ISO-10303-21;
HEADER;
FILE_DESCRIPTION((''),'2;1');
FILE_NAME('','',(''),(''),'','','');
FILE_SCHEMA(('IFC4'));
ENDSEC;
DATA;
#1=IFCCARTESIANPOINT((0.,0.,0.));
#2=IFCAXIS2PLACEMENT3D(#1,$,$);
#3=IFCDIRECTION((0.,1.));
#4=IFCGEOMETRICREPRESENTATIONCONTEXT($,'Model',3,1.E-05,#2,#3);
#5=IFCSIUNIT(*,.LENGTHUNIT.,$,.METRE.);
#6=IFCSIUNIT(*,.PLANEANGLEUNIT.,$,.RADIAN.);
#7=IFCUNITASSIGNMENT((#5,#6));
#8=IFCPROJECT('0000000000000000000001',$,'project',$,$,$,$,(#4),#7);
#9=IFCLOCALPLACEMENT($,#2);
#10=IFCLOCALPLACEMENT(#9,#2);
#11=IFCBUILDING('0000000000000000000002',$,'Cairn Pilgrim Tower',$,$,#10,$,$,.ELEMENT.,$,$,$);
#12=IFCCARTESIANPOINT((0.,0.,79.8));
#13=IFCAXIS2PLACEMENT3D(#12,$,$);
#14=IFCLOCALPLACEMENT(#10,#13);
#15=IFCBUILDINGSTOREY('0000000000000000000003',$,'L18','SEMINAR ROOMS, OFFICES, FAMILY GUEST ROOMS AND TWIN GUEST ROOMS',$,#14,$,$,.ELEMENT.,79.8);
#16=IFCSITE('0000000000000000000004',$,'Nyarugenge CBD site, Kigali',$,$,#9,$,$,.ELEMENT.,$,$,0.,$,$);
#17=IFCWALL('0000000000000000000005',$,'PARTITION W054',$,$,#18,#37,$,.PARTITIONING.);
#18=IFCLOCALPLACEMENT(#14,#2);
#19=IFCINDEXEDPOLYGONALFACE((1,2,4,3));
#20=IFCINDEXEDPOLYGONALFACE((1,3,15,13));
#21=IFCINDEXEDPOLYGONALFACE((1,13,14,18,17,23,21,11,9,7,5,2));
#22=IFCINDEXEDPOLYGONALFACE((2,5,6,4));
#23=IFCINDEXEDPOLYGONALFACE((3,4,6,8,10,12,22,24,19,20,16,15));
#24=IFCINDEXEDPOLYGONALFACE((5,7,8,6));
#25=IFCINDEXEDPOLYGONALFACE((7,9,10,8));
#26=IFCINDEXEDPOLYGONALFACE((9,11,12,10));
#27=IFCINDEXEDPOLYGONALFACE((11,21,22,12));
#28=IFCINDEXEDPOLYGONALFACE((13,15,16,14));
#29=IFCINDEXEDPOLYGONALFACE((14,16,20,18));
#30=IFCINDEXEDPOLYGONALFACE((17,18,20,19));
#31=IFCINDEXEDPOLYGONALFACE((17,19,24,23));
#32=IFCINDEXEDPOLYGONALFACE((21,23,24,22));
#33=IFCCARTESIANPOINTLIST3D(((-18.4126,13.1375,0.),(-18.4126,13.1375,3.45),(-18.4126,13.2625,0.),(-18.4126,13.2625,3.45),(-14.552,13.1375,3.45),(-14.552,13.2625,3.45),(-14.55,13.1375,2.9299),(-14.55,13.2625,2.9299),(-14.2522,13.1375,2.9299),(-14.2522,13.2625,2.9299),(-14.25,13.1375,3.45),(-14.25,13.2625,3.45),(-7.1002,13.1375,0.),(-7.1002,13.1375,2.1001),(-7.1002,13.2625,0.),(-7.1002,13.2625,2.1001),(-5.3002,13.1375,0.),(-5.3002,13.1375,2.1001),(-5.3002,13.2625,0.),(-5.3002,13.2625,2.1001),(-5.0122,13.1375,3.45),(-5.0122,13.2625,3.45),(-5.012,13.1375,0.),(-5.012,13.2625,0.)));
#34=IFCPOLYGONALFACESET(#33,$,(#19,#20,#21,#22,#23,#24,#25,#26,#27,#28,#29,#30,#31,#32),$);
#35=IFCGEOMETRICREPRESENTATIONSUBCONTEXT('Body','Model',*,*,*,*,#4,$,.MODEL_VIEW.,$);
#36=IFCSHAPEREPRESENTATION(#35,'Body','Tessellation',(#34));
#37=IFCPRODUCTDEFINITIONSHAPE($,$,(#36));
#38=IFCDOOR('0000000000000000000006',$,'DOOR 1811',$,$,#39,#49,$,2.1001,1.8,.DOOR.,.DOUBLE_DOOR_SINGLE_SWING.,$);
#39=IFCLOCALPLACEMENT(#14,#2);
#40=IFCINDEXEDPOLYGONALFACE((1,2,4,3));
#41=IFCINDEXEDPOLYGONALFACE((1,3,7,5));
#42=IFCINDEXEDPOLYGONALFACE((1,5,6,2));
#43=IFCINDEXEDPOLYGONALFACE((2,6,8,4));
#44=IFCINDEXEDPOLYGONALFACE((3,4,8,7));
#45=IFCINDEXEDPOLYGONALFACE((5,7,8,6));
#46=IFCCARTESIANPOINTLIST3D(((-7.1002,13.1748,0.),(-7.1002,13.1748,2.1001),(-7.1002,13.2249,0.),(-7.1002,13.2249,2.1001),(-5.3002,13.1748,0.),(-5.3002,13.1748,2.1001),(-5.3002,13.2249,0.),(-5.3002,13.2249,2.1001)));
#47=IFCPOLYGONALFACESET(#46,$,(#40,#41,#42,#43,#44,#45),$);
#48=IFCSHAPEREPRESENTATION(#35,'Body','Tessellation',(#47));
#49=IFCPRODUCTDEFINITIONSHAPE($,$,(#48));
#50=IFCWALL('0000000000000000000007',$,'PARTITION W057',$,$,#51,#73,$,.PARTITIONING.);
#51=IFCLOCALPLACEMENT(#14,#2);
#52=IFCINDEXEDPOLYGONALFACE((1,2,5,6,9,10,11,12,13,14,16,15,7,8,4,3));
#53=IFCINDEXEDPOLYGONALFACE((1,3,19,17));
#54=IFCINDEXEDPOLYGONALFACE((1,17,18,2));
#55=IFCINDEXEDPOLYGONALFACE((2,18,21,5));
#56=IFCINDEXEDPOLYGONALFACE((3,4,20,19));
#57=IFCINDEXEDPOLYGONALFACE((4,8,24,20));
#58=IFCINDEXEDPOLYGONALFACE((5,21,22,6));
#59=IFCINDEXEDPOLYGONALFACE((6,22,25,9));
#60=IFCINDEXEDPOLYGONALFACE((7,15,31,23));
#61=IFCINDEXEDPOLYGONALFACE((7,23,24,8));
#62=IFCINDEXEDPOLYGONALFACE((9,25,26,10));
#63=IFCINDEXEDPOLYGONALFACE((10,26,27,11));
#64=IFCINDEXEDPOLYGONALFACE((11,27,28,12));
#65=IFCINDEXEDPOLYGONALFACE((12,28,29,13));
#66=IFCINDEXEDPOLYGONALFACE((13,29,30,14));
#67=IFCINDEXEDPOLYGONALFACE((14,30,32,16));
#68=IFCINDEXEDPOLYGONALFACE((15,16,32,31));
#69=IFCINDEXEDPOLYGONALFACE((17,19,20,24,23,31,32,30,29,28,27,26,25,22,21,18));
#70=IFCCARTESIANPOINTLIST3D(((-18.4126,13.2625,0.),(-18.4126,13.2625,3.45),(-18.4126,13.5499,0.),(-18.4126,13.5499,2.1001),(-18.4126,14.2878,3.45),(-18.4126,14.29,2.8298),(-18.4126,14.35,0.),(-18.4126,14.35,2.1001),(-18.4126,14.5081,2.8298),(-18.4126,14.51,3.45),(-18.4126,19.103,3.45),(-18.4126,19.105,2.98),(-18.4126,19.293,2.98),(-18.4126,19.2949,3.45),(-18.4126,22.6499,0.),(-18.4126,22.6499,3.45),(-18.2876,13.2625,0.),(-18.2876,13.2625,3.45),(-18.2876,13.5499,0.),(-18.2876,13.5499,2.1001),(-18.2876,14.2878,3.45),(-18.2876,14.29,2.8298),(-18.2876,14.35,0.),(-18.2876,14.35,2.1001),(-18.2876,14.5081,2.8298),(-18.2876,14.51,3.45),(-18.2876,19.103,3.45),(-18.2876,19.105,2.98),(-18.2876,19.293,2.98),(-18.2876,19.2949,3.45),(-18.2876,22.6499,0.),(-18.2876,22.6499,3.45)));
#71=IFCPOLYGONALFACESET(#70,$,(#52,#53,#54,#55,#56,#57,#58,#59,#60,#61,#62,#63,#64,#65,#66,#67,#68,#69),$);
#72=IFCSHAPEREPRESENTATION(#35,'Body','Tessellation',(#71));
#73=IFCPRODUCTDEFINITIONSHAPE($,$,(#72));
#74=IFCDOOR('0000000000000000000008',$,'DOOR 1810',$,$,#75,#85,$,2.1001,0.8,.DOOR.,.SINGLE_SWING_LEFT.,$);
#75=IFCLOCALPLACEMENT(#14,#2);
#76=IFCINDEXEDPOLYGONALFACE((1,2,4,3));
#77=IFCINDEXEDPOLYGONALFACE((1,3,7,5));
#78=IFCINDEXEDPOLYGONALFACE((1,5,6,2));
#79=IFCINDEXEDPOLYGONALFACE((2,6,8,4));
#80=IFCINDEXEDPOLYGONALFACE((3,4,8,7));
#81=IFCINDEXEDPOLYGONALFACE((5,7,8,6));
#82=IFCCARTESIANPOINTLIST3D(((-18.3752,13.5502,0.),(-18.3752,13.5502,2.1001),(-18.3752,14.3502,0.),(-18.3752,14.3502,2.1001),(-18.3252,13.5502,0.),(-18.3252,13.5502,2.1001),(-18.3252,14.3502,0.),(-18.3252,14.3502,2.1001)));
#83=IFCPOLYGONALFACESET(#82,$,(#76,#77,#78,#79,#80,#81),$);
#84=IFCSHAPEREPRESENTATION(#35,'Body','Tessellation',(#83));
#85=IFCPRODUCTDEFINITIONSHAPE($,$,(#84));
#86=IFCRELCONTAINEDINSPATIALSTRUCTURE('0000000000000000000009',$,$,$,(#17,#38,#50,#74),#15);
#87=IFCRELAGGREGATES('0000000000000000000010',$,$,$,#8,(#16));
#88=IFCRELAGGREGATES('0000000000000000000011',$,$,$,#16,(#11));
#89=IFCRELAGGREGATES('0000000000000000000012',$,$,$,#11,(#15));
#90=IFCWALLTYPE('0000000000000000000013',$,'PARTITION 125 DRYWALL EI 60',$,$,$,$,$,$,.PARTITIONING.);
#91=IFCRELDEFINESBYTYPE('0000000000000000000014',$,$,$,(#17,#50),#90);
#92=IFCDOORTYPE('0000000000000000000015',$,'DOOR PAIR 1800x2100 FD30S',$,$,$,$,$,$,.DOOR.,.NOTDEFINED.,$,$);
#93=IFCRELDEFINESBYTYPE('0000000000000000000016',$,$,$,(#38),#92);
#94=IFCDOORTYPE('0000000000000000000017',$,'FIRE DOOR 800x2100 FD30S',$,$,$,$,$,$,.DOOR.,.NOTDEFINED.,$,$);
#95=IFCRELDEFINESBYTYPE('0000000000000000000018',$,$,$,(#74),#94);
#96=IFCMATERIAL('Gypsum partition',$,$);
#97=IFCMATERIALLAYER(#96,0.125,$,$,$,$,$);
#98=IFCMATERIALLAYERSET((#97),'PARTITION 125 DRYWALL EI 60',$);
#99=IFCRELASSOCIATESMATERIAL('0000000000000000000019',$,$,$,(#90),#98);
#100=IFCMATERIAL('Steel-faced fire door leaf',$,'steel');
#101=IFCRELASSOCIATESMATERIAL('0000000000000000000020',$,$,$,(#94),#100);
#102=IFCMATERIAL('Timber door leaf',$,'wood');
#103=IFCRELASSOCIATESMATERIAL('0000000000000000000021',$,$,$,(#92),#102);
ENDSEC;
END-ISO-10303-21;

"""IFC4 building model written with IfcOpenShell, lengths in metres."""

from ifc_helpers import new_model, si_unit, direction, frame, frame_2d, origin, place, context, subcontext, project, spatial, polyline, rectangle, outline, extrude, material, layer, layer_set, type_object, element, fill, save


model = new_model("IFC4")

# Units and contexts
model_context = context("Model", 3, precision=1e-05, world=origin(), true_north=direction((0.0, 1.0)))
body_context = subcontext(model_context, "Body", "Model", "MODEL_VIEW")
ifc_project = project(units=[si_unit("LENGTHUNIT", "METRE"), si_unit("PLANEANGLEUNIT", "RADIAN")], contexts=[model_context])

# Site, building, storey
site_placement = place(None, origin())
site = spatial("IfcSite", under=ifc_project, at=site_placement, Name="Nyarugenge CBD site, Kigali", CompositionType="ELEMENT", RefElevation=0.0)
building_placement = place(site_placement, origin())
building = spatial("IfcBuilding", under=site, at=building_placement, Name="Cairn Pilgrim Tower", CompositionType="ELEMENT")
storey_placement = place(building_placement, frame((0.0, 0.0, 79.8)))
storey = spatial("IfcBuildingStorey", under=building, at=storey_placement, Name="L18", Description="SEMINAR ROOMS, OFFICES, FAMILY GUEST ROOMS AND TWIN GUEST ROOMS", CompositionType="ELEMENT", Elevation=79.8)

# Shared definitions
ifc_material_1 = material(Name="Gypsum partition")

# Shared definitions
ifc_material_2 = material(Name="Timber door leaf", Category="wood")

# Shared definitions
ifc_layer_1 = layer(ifc_material_1, 0.125)
ifc_layer_set_1 = layer_set([ifc_layer_1], Name="PARTITION 125 DRYWALL EI 60")
wall_type_1 = type_object("IfcWallType", Name="PARTITION 125 DRYWALL EI 60", PredefinedType="PARTITIONING", material=ifc_layer_set_1)
ifc_material_3 = material(Name="Steel-faced fire door leaf", Category="steel")
door_type_1 = type_object("IfcDoorType", Name="FIRE DOOR 800x2100 FD30S", OperationType="NOTDEFINED", PredefinedType="DOOR", material=ifc_material_3)

# Walls, openings, doors
wall_1_placement = place(storey_placement, frame((-18.4126, 13.2, 0.0), z_axis=(0.0, 0.0, 1.0), x_axis=(1.0, 0.0, 0.0)))
wall_1 = element("IfcWall", 1, at=wall_1_placement, inside=storey, type_object=wall_type_1, Name="PARTITION W054", PredefinedType="PARTITIONING", context=body_context, shape_type="SweptSolid", body=[
    extrude(outline(polyline([(0.0, 0.0), (13.4006, 0.0), (13.4004, 3.45), (4.1626, 3.45), (4.1604, 2.9299), (3.8625, 2.9299), (3.8606, 3.45), (0.0, 3.45), (0.0, 0.0)])), frame((0.0, 0.0625, 0.0), z_axis=(0.0, -1.0, 0.0), x_axis=(1.0, 0.0, 0.0)), (0.0, 0.0, 1.0), 0.125),
])
opening_1_placement = place(wall_1_placement, frame((11.3125, 0.0, 0.0)))
opening_1 = element("IfcOpeningElement", 2, at=opening_1_placement, cuts=wall_1, PredefinedType="OPENING", context=body_context, shape_type="SweptSolid", body=[
    extrude(rectangle(XDim=1.8, YDim=2.1001, at=frame_2d((0.8999, 1.05))), frame((0.0, 0.0725, 0.0), z_axis=(0.0, -1.0, 0.0), x_axis=(1.0, 0.0, 0.0)), (0.0, 0.0, 1.0), 0.145),
])
door_type_2 = type_object("IfcDoorType", Name="DOOR PAIR 1800x2100 FD30S", OperationType="NOTDEFINED", PredefinedType="DOOR", material=ifc_material_2)
door_1_placement = place(opening_1_placement, origin())
door_1 = element("IfcDoor", 3, at=door_1_placement, inside=storey, type_object=door_type_2, Name="DOOR 1811", OperationType="DOUBLE_DOOR_SINGLE_SWING", OverallHeight=2.1001, OverallWidth=1.8, PredefinedType="DOOR", context=body_context, shape_type="SweptSolid", body=[
    extrude(rectangle(XDim=1.8, YDim=2.1001, at=frame_2d((0.8999, 1.05))), frame((0.0, 0.0249, 0.0), z_axis=(0.0, -1.0, 0.0), x_axis=(1.0, 0.0, 0.0)), (0.0, 0.0, 1.0), 0.05),
])
fill(opening_1, door_1)
wall_2_placement = place(storey_placement, frame((-18.3501, 13.2625, 0.0), z_axis=(0.0, 0.0, 1.0), x_axis=(0.0, 1.0, 0.0)))
wall_2 = element("IfcWall", 4, at=wall_2_placement, inside=storey, type_object=wall_type_1, Name="PARTITION W057", PredefinedType="PARTITIONING", context=body_context, shape_type="SweptSolid", body=[
    extrude(outline(polyline([(0.0, 0.0), (9.3875, 0.0), (9.3875, 3.45), (6.0325, 3.45), (6.0305, 2.98), (5.8425, 2.98), (5.8406, 3.45), (1.2476, 3.45), (1.2456, 2.8298), (1.0276, 2.8298), (1.0254, 3.45), (0.0, 3.45), (0.0, 0.0)])), frame((0.0, 0.0625, 0.0), z_axis=(0.0, -1.0, 0.0), x_axis=(1.0, 0.0, 0.0)), (0.0, 0.0, 1.0), 0.125),
])
opening_2_placement = place(wall_2_placement, frame((0.2876, 0.0, 0.0)))
opening_2 = element("IfcOpeningElement", 5, at=opening_2_placement, cuts=wall_2, PredefinedType="OPENING", context=body_context, shape_type="SweptSolid", body=[
    extrude(rectangle(XDim=0.8, YDim=2.1001, at=frame_2d((0.3999, 1.05))), frame((0.0, 0.0725, 0.0), z_axis=(0.0, -1.0, 0.0), x_axis=(1.0, 0.0, 0.0)), (0.0, 0.0, 1.0), 0.145),
])
door_2_placement = place(opening_2_placement, frame((0.8, 0.0, 0.0), z_axis=(0.0, 0.0, 1.0), x_axis=(-1.0, 0.0, 0.0)))
door_2 = element("IfcDoor", 6, at=door_2_placement, inside=storey, type_object=door_type_1, Name="DOOR 1810", OperationType="SINGLE_SWING_LEFT", OverallHeight=2.1001, OverallWidth=0.8, PredefinedType="DOOR", context=body_context, shape_type="SweptSolid", body=[
    extrude(rectangle(XDim=0.8, YDim=2.1001, at=frame_2d((0.3999, 1.05))), frame((0.0, 0.0249, 0.0), z_axis=(0.0, -1.0, 0.0), x_axis=(1.0, 0.0, 0.0)), (0.0, 0.0, 1.0), 0.05),
])
fill(opening_2, door_2)

save(model, "model.ifc")
